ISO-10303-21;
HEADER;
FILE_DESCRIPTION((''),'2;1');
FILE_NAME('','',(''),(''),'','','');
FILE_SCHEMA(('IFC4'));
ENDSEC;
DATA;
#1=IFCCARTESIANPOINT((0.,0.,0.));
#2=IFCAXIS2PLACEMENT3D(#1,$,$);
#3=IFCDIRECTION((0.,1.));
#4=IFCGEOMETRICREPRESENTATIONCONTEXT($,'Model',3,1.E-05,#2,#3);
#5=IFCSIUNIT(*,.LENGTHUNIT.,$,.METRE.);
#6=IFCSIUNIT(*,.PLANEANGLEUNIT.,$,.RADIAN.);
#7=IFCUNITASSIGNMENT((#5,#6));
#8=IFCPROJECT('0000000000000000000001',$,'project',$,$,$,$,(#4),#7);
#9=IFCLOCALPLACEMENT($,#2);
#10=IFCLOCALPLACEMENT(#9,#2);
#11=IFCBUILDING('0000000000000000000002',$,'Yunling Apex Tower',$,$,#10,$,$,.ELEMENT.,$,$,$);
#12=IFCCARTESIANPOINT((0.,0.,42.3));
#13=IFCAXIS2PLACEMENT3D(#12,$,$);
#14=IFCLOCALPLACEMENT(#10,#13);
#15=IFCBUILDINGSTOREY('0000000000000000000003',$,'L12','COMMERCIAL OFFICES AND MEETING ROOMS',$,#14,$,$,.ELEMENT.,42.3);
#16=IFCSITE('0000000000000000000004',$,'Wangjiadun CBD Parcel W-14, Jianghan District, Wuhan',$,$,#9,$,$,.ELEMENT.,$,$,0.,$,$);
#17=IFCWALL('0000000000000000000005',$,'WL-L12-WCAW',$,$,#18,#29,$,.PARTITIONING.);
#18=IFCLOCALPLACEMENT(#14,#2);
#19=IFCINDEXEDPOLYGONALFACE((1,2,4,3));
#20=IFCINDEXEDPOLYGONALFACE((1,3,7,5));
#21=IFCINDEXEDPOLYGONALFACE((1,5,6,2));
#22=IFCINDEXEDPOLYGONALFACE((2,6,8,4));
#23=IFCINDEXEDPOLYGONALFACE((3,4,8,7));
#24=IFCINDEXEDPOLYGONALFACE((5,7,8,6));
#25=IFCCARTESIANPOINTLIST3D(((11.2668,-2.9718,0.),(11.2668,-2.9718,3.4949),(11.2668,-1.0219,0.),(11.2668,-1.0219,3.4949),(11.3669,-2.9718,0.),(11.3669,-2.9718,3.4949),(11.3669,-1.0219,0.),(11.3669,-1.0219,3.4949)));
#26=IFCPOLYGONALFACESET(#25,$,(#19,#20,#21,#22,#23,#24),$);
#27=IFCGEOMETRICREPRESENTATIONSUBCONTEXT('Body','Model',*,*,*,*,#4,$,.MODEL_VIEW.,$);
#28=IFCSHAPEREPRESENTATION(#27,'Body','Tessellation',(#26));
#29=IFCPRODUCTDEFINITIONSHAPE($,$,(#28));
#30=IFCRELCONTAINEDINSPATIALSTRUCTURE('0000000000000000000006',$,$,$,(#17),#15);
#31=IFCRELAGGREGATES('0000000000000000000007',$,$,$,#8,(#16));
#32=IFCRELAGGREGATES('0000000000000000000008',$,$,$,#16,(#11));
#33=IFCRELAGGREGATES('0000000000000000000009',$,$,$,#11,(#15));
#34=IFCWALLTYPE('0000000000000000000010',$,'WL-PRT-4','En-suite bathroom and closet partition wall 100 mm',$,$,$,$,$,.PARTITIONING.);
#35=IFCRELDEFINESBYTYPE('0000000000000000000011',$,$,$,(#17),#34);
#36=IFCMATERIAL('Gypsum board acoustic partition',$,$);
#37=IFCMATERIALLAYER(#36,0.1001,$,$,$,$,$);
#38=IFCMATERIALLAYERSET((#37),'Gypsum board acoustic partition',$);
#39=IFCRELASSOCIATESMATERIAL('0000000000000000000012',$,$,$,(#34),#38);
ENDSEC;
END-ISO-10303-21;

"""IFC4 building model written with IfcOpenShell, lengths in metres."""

from ifc_helpers import new_model, si_unit, direction, frame, frame_2d, origin, place, context, subcontext, project, spatial, rectangle, extrude, material, layer, layer_set, type_object, element, save


model = new_model("IFC4")

# Units and contexts
model_context = context("Model", 3, precision=1e-05, world=origin(), true_north=direction((0.0, 1.0)))
body_context = subcontext(model_context, "Body", "Model", "MODEL_VIEW")
ifc_project = project(units=[si_unit("LENGTHUNIT", "METRE"), si_unit("PLANEANGLEUNIT", "RADIAN")], contexts=[model_context])

# Site, building, storey
site_placement = place(None, origin())
site = spatial("IfcSite", under=ifc_project, at=site_placement, Name="Wangjiadun CBD Parcel W-14, Jianghan District, Wuhan", CompositionType="ELEMENT", RefElevation=0.0)
building_placement = place(site_placement, origin())
building = spatial("IfcBuilding", under=site, at=building_placement, Name="Yunling Apex Tower", CompositionType="ELEMENT")
storey_placement = place(building_placement, frame((0.0, 0.0, 42.3)))
storey = spatial("IfcBuildingStorey", under=building, at=storey_placement, Name="L12", Description="COMMERCIAL OFFICES AND MEETING ROOMS", CompositionType="ELEMENT", Elevation=42.3)

# Shared definitions
ifc_material_1 = material(Name="Gypsum board acoustic partition")

# Shared definitions
ifc_layer_1 = layer(ifc_material_1, 0.1001)
ifc_layer_set_1 = layer_set([ifc_layer_1], Name="Gypsum board acoustic partition")
wall_type_1 = type_object("IfcWallType", Name="WL-PRT-4", Description="En-suite bathroom and closet partition wall 100 mm", PredefinedType="PARTITIONING", material=ifc_layer_set_1)

# Wall
for number, where, z_axis, x_axis, name in (
    (1, (11.3169, -2.9719, 0.0), (0.0, 0.0, 1.0), (0.0, 1.0, 0.0), "WL-L12-WCAW"),
):
    element("IfcWall", number, at=place(storey_placement, frame(where, z_axis=z_axis, x_axis=x_axis)), inside=storey, type_object=wall_type_1, Name=name, PredefinedType="PARTITIONING", context=body_context, shape_type="SweptSolid", body=[
        extrude(rectangle(XDim=1.95, YDim=0.1001, at=frame_2d((0.9751, 0.0))), origin(), (0.0, 0.0, 1.0), 3.4949),
    ])

save(model, "model.ifc")
